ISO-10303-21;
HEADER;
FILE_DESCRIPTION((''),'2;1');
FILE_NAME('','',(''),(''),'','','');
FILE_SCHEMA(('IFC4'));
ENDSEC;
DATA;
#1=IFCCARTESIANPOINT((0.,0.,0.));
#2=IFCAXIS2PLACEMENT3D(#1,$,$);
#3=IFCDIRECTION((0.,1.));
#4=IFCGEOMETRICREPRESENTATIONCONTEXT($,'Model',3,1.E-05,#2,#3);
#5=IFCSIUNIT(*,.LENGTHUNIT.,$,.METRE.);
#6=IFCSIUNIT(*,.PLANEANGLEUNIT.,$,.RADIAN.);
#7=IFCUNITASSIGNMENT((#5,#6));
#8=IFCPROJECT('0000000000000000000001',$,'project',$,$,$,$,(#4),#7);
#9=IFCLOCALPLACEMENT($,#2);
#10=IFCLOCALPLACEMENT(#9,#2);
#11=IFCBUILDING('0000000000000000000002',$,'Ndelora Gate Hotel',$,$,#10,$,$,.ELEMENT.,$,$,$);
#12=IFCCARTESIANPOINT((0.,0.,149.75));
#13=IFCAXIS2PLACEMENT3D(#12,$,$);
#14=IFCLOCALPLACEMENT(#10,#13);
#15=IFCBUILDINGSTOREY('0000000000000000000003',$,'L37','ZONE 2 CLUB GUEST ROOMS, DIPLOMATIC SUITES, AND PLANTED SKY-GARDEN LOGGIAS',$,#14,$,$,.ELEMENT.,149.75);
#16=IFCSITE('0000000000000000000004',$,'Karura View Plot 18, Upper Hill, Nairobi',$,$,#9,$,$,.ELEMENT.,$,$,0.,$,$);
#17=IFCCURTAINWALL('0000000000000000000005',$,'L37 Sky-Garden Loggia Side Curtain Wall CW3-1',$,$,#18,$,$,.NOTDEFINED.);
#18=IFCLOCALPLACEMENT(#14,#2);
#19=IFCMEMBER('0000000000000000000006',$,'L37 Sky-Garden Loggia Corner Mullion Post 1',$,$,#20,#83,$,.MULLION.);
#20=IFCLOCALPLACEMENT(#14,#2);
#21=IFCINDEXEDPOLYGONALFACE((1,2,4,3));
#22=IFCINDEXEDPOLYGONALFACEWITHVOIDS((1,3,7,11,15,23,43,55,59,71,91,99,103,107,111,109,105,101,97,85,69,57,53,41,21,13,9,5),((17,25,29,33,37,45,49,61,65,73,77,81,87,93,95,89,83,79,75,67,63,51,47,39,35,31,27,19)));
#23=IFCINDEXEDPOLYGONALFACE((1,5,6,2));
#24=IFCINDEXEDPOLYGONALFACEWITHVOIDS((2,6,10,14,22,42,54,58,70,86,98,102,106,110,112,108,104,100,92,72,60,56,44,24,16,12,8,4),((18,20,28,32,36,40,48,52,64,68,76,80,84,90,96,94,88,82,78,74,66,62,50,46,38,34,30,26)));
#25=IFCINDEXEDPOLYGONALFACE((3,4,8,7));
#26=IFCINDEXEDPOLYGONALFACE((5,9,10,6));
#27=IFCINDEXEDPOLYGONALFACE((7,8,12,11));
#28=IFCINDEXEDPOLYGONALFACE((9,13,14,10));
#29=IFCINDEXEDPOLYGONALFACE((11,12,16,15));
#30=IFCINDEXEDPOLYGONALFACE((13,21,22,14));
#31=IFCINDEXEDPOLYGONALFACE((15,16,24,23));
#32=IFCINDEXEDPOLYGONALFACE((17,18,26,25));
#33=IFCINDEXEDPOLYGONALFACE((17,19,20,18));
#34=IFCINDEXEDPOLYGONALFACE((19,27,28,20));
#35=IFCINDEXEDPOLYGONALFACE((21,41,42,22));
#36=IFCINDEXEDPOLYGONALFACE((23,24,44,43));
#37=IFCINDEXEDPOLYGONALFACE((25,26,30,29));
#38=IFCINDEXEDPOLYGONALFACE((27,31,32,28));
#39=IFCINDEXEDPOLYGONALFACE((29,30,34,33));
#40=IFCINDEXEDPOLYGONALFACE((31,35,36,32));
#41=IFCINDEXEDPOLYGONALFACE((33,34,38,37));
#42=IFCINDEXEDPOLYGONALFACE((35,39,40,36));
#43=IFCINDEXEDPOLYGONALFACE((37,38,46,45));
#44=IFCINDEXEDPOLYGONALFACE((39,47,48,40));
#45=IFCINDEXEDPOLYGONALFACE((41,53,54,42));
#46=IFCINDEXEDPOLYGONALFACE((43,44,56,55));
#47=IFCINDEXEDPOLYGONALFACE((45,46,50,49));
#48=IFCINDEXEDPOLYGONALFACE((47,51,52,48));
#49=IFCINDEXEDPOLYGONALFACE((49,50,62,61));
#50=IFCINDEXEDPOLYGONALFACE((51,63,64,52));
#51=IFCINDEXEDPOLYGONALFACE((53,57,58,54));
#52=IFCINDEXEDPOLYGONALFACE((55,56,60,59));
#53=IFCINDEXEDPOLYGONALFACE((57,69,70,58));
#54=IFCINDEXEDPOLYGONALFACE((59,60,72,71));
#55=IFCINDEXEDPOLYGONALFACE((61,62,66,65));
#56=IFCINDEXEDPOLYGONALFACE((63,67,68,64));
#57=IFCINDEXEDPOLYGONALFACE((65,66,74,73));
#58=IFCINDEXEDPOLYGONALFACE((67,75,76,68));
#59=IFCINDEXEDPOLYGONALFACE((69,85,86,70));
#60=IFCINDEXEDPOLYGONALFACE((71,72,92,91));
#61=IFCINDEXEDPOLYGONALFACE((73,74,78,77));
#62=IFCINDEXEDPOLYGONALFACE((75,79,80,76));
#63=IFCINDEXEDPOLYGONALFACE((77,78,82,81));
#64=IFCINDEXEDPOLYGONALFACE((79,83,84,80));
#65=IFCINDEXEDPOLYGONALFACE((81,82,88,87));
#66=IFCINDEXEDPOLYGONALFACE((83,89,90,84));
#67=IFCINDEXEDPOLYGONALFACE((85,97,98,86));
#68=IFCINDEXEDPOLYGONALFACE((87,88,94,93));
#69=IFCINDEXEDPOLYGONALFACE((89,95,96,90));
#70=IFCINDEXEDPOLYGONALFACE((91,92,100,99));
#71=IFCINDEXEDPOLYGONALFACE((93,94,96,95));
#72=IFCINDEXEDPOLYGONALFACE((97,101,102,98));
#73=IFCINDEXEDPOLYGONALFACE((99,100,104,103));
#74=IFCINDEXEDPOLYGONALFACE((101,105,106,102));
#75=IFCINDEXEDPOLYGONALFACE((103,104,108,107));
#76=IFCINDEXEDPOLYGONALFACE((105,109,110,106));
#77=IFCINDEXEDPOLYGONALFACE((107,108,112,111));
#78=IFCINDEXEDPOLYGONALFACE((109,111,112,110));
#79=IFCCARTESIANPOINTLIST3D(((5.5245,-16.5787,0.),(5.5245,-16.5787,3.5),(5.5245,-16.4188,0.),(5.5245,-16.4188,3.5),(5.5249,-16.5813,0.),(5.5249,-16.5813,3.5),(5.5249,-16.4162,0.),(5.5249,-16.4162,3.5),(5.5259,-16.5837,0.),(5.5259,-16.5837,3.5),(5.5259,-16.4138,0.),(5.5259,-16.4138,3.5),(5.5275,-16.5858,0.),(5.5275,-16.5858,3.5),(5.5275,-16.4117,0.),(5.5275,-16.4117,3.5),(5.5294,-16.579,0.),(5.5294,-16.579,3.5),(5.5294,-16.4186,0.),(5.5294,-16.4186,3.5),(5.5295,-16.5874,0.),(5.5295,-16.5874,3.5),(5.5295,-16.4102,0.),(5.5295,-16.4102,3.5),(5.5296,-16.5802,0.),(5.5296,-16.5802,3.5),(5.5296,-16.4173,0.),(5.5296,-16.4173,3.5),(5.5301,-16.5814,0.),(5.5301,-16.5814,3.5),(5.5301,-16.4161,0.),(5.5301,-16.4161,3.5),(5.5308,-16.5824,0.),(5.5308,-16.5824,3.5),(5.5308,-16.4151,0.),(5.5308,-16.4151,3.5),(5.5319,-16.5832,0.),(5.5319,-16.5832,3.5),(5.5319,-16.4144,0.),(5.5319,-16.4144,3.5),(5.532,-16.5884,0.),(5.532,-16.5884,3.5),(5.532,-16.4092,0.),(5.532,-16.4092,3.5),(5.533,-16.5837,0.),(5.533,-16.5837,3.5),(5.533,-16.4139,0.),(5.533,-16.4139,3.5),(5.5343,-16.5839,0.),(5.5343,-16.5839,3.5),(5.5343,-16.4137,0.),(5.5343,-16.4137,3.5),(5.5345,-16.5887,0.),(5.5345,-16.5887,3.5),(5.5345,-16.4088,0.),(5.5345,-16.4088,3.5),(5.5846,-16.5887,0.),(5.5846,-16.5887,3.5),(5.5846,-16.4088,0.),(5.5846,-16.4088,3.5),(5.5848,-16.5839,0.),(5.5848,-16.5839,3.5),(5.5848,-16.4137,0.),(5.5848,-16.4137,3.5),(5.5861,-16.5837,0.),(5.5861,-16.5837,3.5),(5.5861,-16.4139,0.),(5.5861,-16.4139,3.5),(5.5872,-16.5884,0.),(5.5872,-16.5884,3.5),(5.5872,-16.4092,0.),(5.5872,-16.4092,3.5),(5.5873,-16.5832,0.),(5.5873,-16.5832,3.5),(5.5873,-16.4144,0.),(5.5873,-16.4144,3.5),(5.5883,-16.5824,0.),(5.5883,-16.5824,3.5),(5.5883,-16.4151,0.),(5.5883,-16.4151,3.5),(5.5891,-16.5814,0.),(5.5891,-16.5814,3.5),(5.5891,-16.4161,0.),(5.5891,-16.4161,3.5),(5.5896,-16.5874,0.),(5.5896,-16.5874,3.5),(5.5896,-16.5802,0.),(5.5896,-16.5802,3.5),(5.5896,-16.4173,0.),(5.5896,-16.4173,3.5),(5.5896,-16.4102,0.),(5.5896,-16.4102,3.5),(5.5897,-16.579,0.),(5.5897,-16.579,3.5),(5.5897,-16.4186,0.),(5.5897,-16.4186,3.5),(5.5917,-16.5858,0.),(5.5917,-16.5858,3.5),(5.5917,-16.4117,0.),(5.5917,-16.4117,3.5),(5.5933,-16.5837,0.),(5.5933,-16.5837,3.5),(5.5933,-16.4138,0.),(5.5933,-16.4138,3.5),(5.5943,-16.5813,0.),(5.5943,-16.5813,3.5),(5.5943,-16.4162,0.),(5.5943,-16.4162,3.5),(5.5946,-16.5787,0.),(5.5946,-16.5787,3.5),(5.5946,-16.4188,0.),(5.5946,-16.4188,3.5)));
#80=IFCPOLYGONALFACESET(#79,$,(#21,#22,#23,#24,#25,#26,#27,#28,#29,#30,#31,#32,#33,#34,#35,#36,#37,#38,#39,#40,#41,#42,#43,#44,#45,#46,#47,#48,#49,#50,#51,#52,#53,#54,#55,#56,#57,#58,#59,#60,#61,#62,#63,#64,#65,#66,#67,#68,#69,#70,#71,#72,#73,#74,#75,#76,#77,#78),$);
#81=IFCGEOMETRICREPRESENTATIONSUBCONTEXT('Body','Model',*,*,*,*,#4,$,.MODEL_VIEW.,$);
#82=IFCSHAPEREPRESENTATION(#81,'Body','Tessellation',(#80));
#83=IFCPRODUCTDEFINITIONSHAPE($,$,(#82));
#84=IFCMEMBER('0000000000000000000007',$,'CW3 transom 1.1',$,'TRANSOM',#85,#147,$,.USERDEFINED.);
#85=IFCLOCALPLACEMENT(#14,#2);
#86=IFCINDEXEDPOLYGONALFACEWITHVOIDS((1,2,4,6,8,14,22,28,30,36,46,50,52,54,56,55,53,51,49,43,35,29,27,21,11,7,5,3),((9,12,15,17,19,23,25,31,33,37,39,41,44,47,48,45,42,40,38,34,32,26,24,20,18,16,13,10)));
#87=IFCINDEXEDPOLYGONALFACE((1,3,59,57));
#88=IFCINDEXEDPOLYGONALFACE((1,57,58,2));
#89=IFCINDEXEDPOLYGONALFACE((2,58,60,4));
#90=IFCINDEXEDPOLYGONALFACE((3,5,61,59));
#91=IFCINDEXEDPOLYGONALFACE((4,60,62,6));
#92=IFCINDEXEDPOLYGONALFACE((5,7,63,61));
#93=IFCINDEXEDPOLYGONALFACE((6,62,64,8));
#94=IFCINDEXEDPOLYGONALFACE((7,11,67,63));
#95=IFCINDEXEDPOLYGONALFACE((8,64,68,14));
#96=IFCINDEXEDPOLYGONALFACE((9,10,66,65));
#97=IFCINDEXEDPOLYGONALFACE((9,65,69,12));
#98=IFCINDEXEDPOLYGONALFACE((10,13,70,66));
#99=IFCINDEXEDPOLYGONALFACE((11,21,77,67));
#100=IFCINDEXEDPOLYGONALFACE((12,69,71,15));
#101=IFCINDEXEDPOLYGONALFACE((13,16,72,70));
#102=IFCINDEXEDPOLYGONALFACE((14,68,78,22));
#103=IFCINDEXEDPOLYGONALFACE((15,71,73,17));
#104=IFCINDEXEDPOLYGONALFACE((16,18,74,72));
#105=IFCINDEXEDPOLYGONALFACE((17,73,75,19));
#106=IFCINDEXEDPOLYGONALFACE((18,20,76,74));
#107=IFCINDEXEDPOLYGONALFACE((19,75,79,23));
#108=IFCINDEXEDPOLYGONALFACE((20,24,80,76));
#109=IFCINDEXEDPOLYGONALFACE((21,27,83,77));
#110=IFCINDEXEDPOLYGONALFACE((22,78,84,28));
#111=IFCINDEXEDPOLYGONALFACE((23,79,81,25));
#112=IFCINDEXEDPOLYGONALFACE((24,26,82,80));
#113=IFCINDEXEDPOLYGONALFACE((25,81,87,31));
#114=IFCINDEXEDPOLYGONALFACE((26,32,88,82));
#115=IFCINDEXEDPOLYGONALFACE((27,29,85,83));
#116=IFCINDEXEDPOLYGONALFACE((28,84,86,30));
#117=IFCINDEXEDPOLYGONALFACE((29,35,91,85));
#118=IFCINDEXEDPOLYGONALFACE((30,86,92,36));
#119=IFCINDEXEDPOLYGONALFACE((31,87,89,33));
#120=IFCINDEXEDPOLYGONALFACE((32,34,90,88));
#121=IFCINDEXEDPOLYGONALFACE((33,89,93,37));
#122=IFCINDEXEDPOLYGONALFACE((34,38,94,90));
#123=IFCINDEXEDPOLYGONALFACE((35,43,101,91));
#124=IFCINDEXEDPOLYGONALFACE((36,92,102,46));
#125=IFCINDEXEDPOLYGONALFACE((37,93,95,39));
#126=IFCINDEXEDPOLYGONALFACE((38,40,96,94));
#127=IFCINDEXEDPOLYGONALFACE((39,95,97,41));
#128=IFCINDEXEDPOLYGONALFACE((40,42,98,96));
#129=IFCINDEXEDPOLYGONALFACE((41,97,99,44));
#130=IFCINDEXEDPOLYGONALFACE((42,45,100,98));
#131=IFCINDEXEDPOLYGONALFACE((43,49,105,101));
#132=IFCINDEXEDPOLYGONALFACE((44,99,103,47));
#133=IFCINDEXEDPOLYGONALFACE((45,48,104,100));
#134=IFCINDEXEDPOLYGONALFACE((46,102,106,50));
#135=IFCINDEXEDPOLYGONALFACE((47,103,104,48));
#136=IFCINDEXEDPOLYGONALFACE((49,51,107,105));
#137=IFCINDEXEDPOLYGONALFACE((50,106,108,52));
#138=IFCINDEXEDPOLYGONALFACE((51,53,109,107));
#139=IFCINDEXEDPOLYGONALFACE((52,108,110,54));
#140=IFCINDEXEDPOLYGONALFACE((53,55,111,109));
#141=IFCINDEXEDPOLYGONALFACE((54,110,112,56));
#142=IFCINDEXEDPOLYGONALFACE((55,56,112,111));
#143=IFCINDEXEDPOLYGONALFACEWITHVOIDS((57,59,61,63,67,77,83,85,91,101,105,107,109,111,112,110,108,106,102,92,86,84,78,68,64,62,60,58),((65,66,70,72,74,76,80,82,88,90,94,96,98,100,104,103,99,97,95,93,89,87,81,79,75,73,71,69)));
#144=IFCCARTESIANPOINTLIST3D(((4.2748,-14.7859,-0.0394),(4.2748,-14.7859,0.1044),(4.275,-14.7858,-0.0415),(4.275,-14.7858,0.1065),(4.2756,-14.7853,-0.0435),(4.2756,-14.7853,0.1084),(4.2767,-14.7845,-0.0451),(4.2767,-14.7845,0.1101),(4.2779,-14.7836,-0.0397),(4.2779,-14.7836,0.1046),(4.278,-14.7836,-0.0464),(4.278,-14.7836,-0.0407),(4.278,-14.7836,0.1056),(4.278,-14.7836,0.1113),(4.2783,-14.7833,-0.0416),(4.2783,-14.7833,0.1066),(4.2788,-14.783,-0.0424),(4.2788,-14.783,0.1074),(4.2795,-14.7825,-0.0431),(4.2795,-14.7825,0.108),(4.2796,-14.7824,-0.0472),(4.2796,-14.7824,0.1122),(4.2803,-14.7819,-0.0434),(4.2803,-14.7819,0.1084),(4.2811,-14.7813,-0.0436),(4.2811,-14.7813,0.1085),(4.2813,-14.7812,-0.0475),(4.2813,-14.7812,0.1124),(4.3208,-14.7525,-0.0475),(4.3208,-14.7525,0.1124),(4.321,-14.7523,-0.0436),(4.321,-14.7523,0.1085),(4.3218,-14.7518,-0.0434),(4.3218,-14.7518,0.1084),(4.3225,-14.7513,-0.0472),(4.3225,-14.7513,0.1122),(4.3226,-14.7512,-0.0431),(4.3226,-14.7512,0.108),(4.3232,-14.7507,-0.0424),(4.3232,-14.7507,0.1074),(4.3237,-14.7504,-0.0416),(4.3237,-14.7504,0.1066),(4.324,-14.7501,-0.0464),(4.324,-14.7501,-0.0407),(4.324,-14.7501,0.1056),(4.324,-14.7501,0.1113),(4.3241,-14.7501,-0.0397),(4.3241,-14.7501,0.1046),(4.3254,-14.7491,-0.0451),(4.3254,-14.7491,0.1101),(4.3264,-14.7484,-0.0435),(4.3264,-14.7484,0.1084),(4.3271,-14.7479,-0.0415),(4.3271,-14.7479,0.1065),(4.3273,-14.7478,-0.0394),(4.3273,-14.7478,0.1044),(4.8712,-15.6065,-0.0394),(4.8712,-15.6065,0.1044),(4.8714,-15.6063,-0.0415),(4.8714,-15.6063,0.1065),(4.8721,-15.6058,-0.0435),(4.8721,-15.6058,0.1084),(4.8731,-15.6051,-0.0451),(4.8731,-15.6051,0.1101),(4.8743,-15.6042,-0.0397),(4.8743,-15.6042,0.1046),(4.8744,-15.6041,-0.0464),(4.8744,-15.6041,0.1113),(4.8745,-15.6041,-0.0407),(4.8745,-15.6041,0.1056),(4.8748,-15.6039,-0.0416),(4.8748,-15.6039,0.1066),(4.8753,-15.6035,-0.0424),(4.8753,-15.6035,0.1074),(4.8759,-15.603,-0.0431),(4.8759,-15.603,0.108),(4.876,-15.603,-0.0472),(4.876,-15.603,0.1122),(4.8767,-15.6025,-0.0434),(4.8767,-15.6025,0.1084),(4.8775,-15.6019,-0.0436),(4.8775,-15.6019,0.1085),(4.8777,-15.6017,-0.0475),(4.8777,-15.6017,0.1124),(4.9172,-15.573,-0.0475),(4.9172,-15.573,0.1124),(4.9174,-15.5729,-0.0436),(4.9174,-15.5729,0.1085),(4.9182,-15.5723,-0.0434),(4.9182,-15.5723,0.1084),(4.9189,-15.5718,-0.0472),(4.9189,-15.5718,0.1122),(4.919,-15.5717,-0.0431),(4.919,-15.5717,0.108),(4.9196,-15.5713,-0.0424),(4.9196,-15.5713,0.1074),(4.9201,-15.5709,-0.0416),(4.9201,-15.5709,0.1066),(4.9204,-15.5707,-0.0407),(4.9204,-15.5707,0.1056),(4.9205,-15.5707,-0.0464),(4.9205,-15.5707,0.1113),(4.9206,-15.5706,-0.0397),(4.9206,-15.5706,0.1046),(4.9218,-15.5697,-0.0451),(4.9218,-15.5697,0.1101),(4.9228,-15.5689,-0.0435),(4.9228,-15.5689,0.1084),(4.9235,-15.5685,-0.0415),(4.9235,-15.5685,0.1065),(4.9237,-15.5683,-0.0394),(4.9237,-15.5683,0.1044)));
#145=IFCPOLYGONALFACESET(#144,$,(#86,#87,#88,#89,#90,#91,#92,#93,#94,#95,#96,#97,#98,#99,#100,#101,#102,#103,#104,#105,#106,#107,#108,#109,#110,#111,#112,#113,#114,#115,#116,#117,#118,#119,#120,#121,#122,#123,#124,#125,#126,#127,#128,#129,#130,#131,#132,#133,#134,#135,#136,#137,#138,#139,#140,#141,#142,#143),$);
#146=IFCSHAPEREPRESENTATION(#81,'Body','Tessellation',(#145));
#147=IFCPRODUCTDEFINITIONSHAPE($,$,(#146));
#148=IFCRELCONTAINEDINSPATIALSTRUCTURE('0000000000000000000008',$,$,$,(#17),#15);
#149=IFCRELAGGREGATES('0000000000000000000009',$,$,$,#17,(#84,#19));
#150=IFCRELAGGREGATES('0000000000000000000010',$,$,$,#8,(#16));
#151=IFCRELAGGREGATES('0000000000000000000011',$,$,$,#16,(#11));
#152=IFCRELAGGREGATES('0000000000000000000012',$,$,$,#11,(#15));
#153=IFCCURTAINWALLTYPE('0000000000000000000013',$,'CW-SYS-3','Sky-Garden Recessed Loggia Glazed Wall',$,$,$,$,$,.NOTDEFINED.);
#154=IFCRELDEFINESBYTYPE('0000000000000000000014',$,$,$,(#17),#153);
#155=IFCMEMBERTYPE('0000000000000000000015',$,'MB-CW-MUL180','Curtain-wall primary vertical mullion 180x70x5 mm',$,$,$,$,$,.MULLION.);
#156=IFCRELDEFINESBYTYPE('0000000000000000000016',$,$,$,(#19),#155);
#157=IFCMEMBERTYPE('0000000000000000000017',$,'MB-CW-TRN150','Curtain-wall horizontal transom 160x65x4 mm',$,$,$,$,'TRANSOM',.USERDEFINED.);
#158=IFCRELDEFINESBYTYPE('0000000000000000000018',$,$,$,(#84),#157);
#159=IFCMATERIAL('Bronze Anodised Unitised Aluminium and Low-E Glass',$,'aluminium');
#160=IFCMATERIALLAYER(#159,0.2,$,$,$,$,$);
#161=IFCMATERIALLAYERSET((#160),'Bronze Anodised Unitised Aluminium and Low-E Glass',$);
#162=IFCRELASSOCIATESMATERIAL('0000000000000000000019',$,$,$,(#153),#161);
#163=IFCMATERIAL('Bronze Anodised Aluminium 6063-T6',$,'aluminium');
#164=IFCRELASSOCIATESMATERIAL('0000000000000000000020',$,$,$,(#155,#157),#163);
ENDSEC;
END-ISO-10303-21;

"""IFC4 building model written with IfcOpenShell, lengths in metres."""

from ifc_helpers import new_model, si_unit, direction, frame, origin, origin_2d, place, context, subcontext, project, spatial, hollow_rectangle, extrude, material, layer, layer_set, material_profile, profile_set, type_object, element, aggregate, save


model = new_model("IFC4")

# Units and contexts
model_context = context("Model", 3, precision=1e-05, world=origin(), true_north=direction((0.0, 1.0)))
body_context = subcontext(model_context, "Body", "Model", "MODEL_VIEW")
ifc_project = project(units=[si_unit("LENGTHUNIT", "METRE"), si_unit("PLANEANGLEUNIT", "RADIAN")], contexts=[model_context])

# Site, building, storey
site_placement = place(None, origin())
site = spatial("IfcSite", under=ifc_project, at=site_placement, Name="Karura View Plot 18, Upper Hill, Nairobi", CompositionType="ELEMENT", RefElevation=0.0)
building_placement = place(site_placement, origin())
building = spatial("IfcBuilding", under=site, at=building_placement, Name="Ndelora Gate Hotel", CompositionType="ELEMENT")
storey_placement = place(building_placement, frame((0.0, 0.0, 149.75)))
storey = spatial("IfcBuildingStorey", under=building, at=storey_placement, Name="L37", Description="ZONE 2 CLUB GUEST ROOMS, DIPLOMATIC SUITES, AND PLANTED SKY-GARDEN LOGGIAS", CompositionType="ELEMENT", Elevation=149.75)

# Curtain wall, members
ifc_material_1 = material(Name="Bronze Anodised Unitised Aluminium and Low-E Glass", Category="aluminium")
ifc_layer_1 = layer(ifc_material_1, 0.2)
ifc_layer_set_1 = layer_set([ifc_layer_1], Name="Bronze Anodised Unitised Aluminium and Low-E Glass")
curtain_wall_type = type_object("IfcCurtainWallType", Name="CW-SYS-3", Description="Sky-Garden Recessed Loggia Glazed Wall", PredefinedType="NOTDEFINED", material=ifc_layer_set_1)
curtain_wall_placement = place(storey_placement, origin())
curtain_wall = element("IfcCurtainWall", 1, at=curtain_wall_placement, inside=storey, type_object=curtain_wall_type, Name="L37 Sky-Garden Loggia Side Curtain Wall CW3-1", PredefinedType="NOTDEFINED")
ifc_material_2 = material(Name="Bronze Anodised Aluminium 6063-T6", Category="aluminium")
ifc_material_profile_1 = material_profile(ifc_material_2, hollow_rectangle(XDim=0.0701, YDim=0.1799, WallThickness=0.0049, InnerFilletRadius=0.0049, OuterFilletRadius=0.01, at=origin_2d()), Name="ALU 180x70x5")
ifc_profile_set_1 = profile_set([ifc_material_profile_1], Name="Bronze Anodised Aluminium 6063-T6")
member_type_1 = type_object("IfcMemberType", Name="MB-CW-MUL180", Description="Curtain-wall primary vertical mullion 180x70x5 mm", PredefinedType="MULLION", material=ifc_profile_set_1)
member_1_placement = place(storey_placement, frame((5.5596, -16.4988, 0.0), z_axis=(0.0, 0.0, 1.0), x_axis=(1.0, 0.0, 0.0)))
member_1 = element("IfcMember", 2, at=member_1_placement, type_object=member_type_1, Name="L37 Sky-Garden Loggia Corner Mullion Post 1", PredefinedType="MULLION", context=body_context, shape_type="SweptSolid", body=[
    extrude(hollow_rectangle(XDim=0.0701, YDim=0.1799, WallThickness=0.0049, InnerFilletRadius=0.0049, OuterFilletRadius=0.01, at=origin_2d()), origin(), (0.0, 0.0, 1.0), 3.5),
])
ifc_material_profile_2 = material_profile(ifc_material_2, hollow_rectangle(XDim=0.0649, YDim=0.1599, WallThickness=0.0039, InnerFilletRadius=0.0039, OuterFilletRadius=0.0081, at=origin_2d()), Name="ALU 160x65x4")
ifc_profile_set_2 = profile_set([ifc_material_profile_2], Name="Bronze Anodised Aluminium 6063-T6")
member_type_2 = type_object("IfcMemberType", Name="MB-CW-TRN150", Description="Curtain-wall horizontal transom 160x65x4 mm", ElementType="TRANSOM", PredefinedType="USERDEFINED", material=ifc_profile_set_2)
member_2_placement = place(storey_placement, frame((4.301, -14.7668, 0.0325), z_axis=(0.587957, -0.808892, 0.0), x_axis=(0.808892, 0.587957, 0.0)))
member_2 = element("IfcMember", 3, at=member_2_placement, type_object=member_type_2, Name="CW3 transom 1.1", ObjectType="TRANSOM", PredefinedType="USERDEFINED", context=body_context, shape_type="SweptSolid", body=[
    extrude(hollow_rectangle(XDim=0.0649, YDim=0.1599, WallThickness=0.0039, InnerFilletRadius=0.0039, OuterFilletRadius=0.0081, at=origin_2d()), origin(), (0.0, 0.0, 1.0), 1.0144),
])
aggregate(curtain_wall, [member_2, member_1])

save(model, "model.ifc")
